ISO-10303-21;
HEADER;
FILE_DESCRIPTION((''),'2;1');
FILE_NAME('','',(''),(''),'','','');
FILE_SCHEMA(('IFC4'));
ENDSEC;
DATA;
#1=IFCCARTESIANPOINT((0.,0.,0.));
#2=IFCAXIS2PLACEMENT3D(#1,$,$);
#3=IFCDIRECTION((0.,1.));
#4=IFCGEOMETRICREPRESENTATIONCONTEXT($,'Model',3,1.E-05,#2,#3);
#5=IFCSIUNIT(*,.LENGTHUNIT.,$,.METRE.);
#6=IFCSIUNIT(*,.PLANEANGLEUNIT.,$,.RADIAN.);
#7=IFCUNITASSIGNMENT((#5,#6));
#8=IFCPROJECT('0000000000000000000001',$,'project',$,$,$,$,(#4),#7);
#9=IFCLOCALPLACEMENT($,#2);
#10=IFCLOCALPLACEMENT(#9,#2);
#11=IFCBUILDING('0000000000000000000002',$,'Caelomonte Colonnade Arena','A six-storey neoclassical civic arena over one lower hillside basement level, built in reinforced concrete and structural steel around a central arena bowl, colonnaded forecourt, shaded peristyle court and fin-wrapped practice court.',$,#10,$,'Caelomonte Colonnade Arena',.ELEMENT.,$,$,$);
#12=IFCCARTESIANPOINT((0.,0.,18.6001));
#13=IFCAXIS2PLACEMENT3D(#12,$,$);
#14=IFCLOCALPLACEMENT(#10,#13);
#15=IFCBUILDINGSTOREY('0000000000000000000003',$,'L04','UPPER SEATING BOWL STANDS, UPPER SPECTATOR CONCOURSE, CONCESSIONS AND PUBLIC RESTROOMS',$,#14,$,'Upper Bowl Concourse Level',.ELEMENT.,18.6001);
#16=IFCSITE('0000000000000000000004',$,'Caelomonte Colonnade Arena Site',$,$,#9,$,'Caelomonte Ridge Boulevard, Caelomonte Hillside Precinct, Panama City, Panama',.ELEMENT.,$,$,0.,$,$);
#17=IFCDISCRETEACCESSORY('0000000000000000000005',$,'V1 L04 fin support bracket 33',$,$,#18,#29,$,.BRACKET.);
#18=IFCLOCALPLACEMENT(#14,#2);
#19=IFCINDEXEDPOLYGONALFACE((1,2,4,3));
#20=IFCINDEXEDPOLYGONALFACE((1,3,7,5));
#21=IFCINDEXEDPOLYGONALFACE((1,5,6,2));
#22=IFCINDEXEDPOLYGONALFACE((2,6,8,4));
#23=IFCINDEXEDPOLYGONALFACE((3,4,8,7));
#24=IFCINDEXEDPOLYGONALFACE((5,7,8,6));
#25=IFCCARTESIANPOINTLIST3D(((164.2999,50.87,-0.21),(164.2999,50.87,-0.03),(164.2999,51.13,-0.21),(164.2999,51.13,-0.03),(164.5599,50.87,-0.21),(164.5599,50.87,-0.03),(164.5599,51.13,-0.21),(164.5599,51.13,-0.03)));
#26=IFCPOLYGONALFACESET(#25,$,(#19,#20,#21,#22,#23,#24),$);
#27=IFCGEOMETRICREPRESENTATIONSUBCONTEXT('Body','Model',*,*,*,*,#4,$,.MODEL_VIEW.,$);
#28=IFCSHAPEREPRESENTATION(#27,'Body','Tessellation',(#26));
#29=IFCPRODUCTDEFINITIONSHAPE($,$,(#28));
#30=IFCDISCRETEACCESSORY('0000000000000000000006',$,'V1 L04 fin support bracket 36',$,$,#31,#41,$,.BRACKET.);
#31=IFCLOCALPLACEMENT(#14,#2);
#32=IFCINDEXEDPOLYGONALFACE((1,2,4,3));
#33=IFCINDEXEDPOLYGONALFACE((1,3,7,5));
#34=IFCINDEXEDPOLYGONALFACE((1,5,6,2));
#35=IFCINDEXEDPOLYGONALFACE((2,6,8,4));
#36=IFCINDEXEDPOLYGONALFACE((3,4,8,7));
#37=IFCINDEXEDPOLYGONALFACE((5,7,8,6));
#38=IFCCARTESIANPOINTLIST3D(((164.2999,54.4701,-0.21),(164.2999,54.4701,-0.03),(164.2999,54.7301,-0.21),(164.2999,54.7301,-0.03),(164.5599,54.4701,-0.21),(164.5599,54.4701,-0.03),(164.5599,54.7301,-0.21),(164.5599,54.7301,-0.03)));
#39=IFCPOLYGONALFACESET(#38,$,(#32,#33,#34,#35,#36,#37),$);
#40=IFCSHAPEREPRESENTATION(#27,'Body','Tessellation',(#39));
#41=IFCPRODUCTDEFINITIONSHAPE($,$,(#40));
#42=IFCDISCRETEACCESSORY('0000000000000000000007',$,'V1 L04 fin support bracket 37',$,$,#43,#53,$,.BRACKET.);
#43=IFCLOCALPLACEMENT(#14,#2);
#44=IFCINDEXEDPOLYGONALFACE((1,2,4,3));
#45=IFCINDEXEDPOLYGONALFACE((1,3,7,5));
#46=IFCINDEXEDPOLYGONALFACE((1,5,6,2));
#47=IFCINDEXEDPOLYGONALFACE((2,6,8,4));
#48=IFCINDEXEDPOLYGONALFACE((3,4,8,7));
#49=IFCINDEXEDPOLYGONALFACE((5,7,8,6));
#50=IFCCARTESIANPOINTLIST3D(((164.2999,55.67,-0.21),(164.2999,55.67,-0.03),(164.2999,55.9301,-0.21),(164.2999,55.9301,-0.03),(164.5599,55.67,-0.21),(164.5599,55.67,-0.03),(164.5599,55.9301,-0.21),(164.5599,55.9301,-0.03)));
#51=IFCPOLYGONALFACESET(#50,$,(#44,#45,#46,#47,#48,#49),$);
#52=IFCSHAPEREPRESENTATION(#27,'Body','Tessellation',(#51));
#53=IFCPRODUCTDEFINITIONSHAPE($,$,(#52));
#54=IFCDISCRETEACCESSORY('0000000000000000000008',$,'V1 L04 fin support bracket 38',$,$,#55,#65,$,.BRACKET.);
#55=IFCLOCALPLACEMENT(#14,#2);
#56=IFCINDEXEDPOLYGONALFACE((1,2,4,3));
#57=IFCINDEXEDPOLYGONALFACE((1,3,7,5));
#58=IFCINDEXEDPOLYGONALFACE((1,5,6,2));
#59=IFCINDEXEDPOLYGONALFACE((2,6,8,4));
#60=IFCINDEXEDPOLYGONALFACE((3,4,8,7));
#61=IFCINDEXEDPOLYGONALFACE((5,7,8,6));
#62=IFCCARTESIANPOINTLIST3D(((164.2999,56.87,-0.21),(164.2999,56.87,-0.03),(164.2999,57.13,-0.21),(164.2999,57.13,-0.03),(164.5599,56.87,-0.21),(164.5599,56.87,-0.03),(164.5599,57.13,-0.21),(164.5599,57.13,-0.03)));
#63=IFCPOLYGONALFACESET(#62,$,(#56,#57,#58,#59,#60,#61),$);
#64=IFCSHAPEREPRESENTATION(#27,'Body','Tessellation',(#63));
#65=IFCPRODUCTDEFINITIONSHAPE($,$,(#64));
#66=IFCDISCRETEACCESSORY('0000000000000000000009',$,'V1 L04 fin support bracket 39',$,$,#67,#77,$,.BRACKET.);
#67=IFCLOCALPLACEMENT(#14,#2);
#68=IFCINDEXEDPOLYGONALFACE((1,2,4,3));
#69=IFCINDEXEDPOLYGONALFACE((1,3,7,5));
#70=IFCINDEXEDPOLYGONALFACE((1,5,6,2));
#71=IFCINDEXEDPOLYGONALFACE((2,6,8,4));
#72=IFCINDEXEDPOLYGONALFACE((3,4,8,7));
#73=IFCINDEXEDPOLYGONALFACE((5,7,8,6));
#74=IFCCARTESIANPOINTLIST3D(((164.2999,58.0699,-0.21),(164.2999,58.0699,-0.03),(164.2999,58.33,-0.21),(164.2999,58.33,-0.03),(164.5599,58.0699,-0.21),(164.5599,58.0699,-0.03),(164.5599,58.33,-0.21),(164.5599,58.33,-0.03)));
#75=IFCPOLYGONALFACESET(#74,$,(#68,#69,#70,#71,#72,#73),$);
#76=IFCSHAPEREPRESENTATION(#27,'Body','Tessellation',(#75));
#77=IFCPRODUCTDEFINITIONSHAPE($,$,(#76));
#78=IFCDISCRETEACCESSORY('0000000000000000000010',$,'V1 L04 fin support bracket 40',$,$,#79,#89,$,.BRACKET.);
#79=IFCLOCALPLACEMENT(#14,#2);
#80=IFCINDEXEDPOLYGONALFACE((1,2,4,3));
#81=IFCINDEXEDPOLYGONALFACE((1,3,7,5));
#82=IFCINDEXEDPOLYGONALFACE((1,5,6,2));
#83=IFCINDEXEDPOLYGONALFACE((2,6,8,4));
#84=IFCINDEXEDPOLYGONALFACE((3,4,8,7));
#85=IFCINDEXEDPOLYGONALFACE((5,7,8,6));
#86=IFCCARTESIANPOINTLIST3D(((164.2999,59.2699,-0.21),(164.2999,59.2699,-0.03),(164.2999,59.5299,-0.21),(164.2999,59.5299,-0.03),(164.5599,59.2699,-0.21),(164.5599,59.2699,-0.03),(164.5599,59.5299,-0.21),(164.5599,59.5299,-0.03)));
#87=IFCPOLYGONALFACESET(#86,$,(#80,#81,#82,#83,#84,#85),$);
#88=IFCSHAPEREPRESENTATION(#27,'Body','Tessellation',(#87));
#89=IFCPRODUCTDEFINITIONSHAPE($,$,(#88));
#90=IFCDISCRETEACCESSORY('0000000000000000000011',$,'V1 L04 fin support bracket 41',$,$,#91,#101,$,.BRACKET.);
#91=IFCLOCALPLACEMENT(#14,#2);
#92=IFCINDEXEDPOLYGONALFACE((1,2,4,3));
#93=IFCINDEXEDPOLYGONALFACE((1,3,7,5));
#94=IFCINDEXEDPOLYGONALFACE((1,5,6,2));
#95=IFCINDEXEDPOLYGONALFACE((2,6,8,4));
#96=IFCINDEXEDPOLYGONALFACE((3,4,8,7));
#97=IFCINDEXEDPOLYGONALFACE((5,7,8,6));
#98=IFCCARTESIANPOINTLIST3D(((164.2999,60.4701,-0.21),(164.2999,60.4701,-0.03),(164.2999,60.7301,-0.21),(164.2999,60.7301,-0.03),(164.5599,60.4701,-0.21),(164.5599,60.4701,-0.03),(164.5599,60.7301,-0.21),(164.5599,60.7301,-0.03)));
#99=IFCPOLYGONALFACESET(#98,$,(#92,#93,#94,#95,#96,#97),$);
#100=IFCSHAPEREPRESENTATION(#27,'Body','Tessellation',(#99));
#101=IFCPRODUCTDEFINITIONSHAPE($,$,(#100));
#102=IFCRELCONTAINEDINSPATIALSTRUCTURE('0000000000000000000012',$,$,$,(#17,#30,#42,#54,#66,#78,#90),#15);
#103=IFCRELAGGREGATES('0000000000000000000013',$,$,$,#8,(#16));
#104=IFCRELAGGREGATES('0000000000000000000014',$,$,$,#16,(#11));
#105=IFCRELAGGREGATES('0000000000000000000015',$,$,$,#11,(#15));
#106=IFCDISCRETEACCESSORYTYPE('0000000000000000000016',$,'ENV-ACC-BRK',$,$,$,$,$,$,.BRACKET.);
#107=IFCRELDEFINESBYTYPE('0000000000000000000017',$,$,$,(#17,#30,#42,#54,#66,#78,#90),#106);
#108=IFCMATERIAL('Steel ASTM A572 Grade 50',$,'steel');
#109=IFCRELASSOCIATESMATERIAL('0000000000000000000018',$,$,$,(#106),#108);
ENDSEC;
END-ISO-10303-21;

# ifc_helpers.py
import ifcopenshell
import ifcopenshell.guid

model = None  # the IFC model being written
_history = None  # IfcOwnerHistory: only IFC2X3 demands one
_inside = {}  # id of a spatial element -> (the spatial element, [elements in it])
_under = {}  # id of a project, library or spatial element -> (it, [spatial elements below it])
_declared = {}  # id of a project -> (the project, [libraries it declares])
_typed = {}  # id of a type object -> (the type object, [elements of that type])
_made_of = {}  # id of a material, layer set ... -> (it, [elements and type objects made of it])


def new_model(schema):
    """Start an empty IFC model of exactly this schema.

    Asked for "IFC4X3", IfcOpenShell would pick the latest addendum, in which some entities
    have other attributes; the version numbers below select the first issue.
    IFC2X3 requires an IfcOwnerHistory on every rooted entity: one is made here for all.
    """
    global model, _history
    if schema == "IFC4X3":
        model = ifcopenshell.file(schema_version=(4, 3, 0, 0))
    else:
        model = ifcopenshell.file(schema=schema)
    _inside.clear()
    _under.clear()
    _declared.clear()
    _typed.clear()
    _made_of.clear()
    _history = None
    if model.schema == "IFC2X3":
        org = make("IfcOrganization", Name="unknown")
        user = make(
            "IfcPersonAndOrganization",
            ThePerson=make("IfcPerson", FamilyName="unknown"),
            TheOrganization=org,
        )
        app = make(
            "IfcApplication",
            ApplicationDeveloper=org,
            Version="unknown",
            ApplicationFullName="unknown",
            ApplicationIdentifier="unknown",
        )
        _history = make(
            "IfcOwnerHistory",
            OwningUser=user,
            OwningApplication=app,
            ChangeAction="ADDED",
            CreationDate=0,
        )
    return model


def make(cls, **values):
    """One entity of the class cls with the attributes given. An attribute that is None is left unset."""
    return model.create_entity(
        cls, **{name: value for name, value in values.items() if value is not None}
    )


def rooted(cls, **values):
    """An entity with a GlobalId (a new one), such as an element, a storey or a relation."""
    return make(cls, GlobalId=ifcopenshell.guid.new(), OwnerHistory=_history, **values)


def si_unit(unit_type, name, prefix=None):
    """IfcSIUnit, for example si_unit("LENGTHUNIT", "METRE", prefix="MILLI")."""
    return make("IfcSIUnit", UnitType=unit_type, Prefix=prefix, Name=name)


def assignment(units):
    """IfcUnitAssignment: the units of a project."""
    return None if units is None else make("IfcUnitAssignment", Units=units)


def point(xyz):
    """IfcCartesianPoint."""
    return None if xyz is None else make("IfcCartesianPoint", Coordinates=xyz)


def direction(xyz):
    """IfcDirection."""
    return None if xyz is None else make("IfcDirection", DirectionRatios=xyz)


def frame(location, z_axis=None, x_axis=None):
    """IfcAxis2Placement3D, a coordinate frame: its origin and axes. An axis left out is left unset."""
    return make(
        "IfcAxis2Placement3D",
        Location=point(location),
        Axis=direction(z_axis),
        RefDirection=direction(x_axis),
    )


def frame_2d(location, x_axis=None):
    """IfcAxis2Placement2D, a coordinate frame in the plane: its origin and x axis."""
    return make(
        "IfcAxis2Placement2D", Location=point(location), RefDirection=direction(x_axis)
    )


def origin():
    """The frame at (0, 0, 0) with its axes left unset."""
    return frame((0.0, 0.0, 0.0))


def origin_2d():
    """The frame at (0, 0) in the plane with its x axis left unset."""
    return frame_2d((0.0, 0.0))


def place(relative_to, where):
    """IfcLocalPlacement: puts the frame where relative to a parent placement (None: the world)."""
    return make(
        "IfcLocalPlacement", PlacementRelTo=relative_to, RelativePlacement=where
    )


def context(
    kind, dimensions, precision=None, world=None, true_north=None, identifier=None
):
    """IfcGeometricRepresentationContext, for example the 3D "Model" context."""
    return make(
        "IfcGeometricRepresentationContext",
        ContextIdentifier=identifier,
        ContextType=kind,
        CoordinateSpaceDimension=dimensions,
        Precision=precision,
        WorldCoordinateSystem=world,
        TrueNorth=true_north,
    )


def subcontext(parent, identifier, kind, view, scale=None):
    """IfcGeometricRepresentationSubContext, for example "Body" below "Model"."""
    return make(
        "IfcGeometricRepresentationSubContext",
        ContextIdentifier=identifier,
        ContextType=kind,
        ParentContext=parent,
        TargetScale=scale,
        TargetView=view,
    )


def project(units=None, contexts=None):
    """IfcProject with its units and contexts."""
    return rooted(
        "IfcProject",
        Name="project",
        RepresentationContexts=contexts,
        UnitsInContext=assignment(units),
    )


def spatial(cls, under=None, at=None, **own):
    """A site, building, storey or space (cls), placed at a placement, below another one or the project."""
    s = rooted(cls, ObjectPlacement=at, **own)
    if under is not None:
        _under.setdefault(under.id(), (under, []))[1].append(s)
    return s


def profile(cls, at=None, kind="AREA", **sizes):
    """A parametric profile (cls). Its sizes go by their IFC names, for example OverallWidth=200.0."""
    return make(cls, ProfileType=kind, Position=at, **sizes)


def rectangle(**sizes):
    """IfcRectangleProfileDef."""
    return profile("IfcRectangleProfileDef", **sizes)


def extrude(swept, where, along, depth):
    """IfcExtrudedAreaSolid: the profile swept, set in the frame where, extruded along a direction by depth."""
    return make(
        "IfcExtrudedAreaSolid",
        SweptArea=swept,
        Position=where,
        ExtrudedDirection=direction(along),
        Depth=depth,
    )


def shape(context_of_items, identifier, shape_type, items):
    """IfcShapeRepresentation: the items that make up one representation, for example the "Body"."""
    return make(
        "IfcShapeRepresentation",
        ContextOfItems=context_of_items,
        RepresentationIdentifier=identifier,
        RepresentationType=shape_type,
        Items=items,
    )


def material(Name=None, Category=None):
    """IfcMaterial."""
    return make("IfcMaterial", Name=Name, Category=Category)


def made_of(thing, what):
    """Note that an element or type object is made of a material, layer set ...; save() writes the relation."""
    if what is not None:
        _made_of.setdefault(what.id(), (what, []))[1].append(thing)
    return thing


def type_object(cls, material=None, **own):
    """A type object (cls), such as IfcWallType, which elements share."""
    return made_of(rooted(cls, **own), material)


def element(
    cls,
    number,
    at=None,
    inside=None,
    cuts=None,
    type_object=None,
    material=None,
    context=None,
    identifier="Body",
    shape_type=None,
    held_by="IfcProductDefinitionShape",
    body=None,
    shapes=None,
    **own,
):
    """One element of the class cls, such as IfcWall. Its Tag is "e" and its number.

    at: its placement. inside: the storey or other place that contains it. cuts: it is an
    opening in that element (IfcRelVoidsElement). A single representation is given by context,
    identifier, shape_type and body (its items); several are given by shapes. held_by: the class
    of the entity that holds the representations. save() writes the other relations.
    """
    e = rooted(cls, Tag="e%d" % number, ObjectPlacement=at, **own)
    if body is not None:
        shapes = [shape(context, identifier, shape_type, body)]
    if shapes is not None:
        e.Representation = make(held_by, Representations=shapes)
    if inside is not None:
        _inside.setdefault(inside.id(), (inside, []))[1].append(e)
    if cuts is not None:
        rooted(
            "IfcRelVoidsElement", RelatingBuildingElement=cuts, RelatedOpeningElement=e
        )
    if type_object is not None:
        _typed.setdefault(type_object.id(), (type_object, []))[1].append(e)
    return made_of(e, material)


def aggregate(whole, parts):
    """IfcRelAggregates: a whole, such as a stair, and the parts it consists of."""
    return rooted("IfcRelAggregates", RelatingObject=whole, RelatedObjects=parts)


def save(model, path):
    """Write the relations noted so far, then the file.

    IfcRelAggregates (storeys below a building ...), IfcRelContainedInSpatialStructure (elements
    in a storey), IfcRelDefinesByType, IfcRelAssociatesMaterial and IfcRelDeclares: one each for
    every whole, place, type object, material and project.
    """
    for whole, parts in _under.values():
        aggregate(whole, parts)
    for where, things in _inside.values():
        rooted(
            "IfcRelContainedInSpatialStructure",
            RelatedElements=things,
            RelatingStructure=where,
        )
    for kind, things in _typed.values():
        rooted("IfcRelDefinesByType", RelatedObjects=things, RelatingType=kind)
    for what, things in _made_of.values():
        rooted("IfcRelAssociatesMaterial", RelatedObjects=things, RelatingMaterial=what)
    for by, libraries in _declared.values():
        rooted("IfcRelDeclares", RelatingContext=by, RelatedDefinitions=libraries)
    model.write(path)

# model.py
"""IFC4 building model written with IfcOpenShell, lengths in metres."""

from ifc_helpers import new_model, si_unit, direction, frame, origin, origin_2d, place, context, subcontext, project, spatial, rectangle, extrude, material, type_object, element, save


model = new_model("IFC4")

# Units and contexts
model_context = context("Model", 3, precision=1e-05, world=origin(), true_north=direction((0.0, 1.0)))
body_context = subcontext(model_context, "Body", "Model", "MODEL_VIEW")
ifc_project = project(units=[si_unit("LENGTHUNIT", "METRE"), si_unit("PLANEANGLEUNIT", "RADIAN")], contexts=[model_context])

# Site, building, storey
site_placement = place(None, origin())
site = spatial("IfcSite", under=ifc_project, at=site_placement, Name="Caelomonte Colonnade Arena Site", LongName="Caelomonte Ridge Boulevard, Caelomonte Hillside Precinct, Panama City, Panama", CompositionType="ELEMENT", RefElevation=0.0)
building_placement = place(site_placement, origin())
building = spatial("IfcBuilding", under=site, at=building_placement, Name="Caelomonte Colonnade Arena", Description="A six-storey neoclassical civic arena over one lower hillside basement level, built in reinforced concrete and structural steel around a central arena bowl, colonnaded forecourt, shaded peristyle court and fin-wrapped practice court.", LongName="Caelomonte Colonnade Arena", CompositionType="ELEMENT")
storey_placement = place(building_placement, frame((0.0, 0.0, 18.6001)))
storey = spatial("IfcBuildingStorey", under=building, at=storey_placement, Name="L04", Description="UPPER SEATING BOWL STANDS, UPPER SPECTATOR CONCOURSE, CONCESSIONS AND PUBLIC RESTROOMS", LongName="Upper Bowl Concourse Level", CompositionType="ELEMENT", Elevation=18.6001)

# Discrete accessories
ifc_material_1 = material(Name="Steel ASTM A572 Grade 50", Category="steel")
discrete_accessory_type = type_object("IfcDiscreteAccessoryType", Name="ENV-ACC-BRK", PredefinedType="BRACKET", material=ifc_material_1)
for number, where, z_axis, x_axis, name in (
    (1, (164.4299, 51.0, -0.21), (0.0, 0.0, 1.0), (0.0, 1.0, 0.0), "V1 L04 fin support bracket 33"),
    (2, (164.4299, 54.6001, -0.21), (0.0, 0.0, 1.0), (0.0, 1.0, 0.0), "V1 L04 fin support bracket 36"),
    (3, (164.4299, 55.8, -0.21), (0.0, 0.0, 1.0), (0.0, 1.0, 0.0), "V1 L04 fin support bracket 37"),
    (4, (164.4299, 57.0, -0.21), (0.0, 0.0, 1.0), (0.0, 1.0, 0.0), "V1 L04 fin support bracket 38"),
    (5, (164.4299, 58.2, -0.21), (0.0, 0.0, 1.0), (0.0, 1.0, 0.0), "V1 L04 fin support bracket 39"),
    (6, (164.4299, 59.3999, -0.21), (0.0, 0.0, 1.0), (0.0, 1.0, 0.0), "V1 L04 fin support bracket 40"),
    (7, (164.4299, 60.6001, -0.21), (0.0, 0.0, 1.0), (0.0, 1.0, 0.0), "V1 L04 fin support bracket 41"),
):
    element("IfcDiscreteAccessory", number, at=place(storey_placement, frame(where, z_axis=z_axis, x_axis=x_axis)), inside=storey, type_object=discrete_accessory_type, Name=name, PredefinedType="BRACKET", context=body_context, shape_type="SweptSolid", body=[
        extrude(rectangle(XDim=0.26, YDim=0.26, at=origin_2d()), origin(), (0.0, 0.0, 1.0), 0.1799),
    ])

save(model, "model.ifc")
